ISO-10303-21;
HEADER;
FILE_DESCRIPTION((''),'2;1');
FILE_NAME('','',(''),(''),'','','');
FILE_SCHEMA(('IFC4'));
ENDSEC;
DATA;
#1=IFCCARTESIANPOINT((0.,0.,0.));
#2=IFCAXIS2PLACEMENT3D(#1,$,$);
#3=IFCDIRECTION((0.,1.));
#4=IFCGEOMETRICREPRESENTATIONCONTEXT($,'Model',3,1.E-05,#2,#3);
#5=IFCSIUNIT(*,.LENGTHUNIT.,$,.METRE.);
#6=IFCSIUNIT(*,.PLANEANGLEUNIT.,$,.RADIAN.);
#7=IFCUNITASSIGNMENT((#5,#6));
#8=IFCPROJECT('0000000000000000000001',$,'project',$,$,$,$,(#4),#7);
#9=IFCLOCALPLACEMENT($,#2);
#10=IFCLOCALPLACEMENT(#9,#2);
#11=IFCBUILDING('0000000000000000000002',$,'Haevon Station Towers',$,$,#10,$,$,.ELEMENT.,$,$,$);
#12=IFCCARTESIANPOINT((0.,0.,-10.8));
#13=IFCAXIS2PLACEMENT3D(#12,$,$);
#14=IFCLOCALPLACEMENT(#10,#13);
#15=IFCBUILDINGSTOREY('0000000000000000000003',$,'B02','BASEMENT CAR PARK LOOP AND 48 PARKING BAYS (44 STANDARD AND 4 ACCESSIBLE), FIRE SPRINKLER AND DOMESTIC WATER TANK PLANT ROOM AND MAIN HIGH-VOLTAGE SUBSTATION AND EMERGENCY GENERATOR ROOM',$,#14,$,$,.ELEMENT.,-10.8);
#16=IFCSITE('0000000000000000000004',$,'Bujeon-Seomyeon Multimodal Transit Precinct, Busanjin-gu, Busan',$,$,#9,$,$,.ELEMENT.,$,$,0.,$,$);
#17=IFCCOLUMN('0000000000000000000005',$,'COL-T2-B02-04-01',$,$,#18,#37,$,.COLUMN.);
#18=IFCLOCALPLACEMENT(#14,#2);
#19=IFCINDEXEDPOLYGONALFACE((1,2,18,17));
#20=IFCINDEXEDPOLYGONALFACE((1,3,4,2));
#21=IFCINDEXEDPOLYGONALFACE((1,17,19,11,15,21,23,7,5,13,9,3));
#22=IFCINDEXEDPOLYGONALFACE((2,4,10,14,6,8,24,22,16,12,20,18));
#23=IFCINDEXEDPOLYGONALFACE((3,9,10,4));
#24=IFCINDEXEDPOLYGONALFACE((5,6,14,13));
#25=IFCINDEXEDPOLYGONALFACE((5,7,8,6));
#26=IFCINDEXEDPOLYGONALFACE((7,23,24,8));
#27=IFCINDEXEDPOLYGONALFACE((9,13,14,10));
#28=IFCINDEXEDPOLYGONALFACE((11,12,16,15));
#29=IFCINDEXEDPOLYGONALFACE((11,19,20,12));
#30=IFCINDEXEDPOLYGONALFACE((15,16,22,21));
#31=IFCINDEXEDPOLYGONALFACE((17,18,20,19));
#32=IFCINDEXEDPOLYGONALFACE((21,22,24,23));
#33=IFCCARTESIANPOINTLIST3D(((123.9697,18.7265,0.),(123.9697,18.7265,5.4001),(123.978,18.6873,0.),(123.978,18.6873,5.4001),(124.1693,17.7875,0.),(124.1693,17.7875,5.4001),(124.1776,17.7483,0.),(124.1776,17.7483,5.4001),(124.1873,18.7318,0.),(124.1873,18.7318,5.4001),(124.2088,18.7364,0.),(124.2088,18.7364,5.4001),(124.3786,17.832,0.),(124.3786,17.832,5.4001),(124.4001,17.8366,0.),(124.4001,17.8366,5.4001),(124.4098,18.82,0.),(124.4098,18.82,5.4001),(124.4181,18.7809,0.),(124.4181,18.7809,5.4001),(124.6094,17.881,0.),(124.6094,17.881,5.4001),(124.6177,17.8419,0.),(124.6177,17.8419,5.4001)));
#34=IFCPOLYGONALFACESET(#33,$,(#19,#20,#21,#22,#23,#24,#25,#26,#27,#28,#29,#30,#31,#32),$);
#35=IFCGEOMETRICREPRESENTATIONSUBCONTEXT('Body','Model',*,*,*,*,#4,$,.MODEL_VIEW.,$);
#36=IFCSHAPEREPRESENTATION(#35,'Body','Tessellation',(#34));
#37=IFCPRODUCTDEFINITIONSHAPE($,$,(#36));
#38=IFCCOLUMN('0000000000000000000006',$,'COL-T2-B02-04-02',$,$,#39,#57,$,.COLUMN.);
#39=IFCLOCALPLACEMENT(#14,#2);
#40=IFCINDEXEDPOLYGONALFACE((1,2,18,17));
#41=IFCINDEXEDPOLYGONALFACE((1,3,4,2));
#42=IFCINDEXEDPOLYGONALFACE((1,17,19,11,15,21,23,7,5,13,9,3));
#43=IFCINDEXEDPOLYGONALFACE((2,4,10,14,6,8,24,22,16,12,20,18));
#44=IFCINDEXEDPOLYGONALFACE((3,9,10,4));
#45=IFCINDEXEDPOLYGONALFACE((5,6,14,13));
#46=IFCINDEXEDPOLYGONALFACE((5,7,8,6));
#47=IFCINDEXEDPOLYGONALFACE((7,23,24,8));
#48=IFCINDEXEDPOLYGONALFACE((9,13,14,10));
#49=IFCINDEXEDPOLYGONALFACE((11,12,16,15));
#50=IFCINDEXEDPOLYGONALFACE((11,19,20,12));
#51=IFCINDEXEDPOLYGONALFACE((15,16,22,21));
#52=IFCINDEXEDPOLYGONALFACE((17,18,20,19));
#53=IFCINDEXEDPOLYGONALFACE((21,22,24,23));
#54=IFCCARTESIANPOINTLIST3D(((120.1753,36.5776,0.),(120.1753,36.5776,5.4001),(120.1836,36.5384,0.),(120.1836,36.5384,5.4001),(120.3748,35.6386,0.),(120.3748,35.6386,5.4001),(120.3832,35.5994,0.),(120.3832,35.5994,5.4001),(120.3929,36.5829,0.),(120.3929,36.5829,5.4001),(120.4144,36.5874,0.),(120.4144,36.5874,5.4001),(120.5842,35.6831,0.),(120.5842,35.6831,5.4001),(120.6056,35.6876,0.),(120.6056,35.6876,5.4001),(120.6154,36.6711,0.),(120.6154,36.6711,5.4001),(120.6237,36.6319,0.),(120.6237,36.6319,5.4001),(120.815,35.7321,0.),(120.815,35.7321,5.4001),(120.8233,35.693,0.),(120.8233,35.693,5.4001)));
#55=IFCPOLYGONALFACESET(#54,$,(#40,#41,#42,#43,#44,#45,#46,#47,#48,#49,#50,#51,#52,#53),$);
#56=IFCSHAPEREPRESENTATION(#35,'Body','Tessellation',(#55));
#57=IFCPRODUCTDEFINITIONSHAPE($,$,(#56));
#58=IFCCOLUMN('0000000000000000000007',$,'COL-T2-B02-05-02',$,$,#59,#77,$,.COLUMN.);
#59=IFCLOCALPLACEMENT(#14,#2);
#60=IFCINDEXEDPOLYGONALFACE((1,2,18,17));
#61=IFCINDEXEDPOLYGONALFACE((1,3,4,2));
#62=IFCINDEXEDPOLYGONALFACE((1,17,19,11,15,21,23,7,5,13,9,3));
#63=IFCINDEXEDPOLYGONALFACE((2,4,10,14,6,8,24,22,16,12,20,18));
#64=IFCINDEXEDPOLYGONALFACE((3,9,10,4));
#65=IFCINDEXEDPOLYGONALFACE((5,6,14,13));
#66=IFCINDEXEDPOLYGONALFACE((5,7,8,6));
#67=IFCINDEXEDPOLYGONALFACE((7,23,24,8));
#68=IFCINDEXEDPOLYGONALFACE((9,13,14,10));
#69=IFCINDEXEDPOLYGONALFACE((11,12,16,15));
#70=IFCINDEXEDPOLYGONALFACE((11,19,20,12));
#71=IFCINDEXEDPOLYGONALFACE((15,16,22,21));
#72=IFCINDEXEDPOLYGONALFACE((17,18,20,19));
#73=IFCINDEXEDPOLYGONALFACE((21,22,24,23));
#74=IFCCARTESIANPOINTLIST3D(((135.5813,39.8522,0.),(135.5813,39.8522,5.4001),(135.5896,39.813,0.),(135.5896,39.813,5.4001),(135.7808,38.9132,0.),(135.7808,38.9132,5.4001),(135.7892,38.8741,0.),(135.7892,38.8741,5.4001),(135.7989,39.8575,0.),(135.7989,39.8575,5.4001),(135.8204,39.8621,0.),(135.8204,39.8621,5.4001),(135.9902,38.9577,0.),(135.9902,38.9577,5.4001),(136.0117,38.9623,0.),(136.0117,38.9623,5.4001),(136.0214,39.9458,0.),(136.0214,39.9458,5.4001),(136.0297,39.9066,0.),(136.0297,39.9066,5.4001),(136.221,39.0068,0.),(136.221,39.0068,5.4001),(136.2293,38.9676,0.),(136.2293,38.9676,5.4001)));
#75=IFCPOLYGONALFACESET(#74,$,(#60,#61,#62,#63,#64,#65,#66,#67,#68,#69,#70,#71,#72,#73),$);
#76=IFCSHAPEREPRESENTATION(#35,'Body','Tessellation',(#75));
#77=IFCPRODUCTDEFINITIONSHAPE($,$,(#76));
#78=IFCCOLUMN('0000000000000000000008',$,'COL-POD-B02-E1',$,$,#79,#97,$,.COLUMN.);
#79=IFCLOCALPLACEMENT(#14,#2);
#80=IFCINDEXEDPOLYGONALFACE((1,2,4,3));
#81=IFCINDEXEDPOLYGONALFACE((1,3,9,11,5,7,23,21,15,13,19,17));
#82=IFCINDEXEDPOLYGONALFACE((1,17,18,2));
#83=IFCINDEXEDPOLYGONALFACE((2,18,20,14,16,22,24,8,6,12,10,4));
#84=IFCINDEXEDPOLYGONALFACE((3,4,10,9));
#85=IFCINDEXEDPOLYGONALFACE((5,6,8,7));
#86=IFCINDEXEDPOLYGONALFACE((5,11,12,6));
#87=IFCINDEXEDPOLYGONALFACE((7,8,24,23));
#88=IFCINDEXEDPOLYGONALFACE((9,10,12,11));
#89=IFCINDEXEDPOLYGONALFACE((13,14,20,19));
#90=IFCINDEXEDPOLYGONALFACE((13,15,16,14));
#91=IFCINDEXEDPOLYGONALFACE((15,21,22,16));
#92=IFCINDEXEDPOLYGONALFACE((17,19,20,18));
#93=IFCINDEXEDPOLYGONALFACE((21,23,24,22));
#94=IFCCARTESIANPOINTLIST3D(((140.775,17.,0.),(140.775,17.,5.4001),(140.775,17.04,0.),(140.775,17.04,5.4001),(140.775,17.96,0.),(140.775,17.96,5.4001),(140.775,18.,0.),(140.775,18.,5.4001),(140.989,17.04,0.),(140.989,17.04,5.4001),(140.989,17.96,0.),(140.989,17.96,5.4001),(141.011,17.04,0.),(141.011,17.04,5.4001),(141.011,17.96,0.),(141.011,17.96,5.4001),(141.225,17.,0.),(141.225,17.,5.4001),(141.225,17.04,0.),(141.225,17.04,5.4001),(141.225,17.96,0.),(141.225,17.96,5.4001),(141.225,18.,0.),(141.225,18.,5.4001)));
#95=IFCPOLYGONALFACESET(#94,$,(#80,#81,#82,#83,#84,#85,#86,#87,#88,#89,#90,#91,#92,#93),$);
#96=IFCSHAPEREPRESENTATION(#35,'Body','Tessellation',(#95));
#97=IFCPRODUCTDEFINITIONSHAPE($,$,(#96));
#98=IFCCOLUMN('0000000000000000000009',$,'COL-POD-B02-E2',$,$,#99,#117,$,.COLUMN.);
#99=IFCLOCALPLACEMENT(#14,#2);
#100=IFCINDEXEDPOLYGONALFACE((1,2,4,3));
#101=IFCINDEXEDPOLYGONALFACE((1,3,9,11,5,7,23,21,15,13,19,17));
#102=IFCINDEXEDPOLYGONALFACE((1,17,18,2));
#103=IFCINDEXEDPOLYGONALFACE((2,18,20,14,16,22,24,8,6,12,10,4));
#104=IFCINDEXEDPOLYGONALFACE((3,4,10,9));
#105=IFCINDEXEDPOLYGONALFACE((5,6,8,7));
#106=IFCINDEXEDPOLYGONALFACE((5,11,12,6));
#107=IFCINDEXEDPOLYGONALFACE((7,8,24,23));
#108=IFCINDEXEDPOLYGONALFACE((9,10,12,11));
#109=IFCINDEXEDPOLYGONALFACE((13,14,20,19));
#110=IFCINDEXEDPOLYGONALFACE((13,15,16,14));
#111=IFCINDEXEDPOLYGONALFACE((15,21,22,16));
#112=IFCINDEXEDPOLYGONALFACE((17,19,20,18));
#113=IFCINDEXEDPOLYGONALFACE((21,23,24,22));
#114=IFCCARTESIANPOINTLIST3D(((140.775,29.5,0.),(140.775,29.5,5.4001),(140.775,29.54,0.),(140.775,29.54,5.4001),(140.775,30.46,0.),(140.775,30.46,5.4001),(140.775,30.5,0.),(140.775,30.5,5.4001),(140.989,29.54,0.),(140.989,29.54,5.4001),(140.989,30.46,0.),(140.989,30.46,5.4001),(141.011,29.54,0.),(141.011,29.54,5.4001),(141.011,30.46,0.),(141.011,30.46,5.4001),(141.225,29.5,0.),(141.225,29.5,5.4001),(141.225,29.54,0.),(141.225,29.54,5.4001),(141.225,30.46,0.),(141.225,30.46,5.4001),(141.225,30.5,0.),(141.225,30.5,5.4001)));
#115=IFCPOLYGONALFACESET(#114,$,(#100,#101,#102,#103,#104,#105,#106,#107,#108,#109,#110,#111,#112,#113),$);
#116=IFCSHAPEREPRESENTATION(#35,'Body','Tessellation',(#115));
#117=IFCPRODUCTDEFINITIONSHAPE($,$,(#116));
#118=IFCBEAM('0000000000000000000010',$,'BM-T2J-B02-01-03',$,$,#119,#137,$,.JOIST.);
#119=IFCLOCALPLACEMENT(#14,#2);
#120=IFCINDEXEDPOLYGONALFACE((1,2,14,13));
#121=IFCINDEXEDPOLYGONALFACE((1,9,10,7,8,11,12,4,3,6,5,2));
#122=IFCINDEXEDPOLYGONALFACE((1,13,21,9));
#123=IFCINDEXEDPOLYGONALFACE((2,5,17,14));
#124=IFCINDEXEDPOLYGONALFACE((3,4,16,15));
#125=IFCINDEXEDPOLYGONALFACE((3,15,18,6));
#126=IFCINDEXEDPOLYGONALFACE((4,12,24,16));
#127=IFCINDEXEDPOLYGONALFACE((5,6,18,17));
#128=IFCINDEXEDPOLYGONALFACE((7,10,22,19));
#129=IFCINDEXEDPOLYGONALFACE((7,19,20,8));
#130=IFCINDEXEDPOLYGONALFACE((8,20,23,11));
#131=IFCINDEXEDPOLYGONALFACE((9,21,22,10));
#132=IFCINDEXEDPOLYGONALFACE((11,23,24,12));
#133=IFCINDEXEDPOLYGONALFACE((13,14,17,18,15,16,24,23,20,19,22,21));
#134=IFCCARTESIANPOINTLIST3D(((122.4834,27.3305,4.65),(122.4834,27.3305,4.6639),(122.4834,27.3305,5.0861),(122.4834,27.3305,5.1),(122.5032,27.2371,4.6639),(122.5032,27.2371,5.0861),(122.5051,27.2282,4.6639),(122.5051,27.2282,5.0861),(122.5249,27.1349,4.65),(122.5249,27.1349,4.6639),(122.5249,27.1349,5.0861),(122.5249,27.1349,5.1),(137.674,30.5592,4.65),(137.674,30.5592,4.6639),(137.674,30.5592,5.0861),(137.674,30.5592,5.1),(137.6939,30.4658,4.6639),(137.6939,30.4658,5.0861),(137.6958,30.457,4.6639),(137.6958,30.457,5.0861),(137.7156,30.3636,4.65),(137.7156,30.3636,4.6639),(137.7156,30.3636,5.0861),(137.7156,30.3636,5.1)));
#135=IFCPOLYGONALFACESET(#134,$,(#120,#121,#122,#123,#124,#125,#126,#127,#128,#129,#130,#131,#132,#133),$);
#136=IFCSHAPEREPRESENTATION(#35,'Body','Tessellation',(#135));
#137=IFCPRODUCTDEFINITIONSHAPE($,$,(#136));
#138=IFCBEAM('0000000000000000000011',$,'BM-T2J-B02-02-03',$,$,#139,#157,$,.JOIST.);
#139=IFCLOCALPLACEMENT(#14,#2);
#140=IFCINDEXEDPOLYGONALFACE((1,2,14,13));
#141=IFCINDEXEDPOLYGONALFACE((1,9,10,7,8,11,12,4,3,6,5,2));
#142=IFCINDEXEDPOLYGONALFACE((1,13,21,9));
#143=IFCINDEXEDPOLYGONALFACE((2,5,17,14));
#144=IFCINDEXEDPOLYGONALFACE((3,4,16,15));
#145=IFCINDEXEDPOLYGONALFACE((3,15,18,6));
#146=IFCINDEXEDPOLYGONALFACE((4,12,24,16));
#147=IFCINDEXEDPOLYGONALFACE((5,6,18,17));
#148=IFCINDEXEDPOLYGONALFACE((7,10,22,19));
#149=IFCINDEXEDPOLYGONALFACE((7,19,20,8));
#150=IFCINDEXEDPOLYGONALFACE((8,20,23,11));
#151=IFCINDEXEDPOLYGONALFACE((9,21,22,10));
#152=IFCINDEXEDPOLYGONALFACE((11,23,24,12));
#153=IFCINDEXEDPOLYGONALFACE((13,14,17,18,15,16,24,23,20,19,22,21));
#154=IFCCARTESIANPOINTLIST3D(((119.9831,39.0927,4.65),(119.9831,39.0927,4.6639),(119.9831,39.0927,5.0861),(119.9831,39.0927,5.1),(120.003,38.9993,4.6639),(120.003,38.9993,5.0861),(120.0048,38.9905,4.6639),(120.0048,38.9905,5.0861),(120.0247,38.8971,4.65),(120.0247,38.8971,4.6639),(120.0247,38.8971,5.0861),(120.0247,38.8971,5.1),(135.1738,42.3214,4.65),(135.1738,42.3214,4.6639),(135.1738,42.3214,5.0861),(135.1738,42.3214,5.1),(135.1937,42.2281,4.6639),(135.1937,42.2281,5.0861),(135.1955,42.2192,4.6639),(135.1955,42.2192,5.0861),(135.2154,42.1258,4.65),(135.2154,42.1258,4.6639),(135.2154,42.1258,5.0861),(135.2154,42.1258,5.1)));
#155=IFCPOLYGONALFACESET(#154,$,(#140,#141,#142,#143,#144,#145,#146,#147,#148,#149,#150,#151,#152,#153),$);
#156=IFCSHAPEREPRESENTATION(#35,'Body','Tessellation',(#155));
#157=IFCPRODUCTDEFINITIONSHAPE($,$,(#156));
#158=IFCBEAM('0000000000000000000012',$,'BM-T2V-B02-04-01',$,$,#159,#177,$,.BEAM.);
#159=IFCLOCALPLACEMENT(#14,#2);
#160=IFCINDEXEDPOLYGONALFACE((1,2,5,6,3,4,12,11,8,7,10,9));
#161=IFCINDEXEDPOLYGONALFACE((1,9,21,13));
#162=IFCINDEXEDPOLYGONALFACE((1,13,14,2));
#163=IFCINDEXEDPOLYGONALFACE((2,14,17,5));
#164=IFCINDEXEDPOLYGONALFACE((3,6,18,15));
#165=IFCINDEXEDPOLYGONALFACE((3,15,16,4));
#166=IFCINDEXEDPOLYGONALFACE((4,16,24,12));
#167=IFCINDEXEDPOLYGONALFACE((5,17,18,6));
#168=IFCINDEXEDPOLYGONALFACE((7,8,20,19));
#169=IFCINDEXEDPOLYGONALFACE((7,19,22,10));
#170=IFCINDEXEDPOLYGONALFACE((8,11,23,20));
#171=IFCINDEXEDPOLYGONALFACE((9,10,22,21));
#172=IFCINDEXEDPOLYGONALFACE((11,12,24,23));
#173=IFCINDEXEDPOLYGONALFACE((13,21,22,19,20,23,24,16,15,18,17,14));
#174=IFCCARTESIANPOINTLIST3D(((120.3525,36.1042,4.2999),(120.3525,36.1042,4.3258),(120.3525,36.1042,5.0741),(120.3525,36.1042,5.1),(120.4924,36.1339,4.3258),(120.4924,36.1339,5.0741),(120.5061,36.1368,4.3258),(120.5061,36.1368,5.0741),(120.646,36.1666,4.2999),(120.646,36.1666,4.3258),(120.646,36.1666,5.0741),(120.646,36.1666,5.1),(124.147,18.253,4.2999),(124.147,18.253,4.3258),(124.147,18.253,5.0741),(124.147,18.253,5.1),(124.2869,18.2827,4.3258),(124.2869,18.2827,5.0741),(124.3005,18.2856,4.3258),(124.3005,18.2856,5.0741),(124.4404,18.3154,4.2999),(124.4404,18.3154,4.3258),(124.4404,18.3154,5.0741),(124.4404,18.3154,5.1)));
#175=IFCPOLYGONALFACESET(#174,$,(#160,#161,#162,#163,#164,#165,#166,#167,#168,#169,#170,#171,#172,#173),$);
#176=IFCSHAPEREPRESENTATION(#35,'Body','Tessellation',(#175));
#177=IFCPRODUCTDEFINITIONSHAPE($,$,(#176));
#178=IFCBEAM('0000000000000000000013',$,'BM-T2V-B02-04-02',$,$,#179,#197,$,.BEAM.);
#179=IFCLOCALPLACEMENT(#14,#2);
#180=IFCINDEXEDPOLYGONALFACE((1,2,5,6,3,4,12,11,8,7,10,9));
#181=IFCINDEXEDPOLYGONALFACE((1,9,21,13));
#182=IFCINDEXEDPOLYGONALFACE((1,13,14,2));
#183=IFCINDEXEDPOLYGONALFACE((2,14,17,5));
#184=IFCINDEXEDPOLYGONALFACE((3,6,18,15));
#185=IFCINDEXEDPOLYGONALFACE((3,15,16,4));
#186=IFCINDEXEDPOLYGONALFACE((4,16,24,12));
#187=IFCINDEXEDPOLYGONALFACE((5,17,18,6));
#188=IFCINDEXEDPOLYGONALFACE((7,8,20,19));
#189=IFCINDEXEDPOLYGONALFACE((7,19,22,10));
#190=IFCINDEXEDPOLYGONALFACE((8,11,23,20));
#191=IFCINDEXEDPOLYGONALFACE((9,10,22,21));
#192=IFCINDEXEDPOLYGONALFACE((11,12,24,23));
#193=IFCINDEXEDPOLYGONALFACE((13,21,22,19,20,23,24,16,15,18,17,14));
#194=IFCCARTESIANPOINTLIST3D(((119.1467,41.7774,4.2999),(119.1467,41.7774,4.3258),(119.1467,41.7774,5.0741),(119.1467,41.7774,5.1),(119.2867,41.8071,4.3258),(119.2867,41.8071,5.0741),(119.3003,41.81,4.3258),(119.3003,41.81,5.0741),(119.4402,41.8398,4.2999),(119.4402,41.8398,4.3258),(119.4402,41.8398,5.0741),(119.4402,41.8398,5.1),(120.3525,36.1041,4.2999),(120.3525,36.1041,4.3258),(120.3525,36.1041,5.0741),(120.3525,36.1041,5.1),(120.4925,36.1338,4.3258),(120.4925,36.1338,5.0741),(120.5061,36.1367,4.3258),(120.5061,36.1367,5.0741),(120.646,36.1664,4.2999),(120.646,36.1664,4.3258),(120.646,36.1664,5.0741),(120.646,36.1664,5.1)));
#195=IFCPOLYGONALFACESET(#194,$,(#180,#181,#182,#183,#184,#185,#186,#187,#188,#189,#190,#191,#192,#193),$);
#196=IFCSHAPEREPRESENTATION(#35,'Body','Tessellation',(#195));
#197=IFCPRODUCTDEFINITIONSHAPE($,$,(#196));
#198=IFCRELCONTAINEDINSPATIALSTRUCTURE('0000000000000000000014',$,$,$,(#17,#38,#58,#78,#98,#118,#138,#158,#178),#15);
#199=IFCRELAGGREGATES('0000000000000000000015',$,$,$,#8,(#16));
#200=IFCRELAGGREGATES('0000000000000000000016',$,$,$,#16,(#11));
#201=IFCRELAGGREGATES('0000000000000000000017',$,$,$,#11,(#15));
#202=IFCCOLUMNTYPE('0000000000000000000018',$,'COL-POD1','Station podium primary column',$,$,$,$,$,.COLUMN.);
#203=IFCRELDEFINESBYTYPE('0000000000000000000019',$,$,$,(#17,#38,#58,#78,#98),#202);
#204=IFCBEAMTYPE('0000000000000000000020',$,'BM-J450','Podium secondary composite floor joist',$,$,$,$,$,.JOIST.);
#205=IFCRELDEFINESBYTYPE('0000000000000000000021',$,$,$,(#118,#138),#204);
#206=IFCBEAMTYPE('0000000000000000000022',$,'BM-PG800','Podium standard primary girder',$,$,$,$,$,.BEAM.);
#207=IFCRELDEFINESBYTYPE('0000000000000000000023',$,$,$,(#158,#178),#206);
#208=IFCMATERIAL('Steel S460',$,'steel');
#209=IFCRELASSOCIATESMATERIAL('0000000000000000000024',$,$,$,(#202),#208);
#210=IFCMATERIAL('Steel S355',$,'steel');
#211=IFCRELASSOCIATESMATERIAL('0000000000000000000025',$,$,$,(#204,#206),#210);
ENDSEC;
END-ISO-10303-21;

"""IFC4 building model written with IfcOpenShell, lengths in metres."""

from ifc_helpers import new_model, si_unit, direction, frame, origin, origin_2d, place, context, subcontext, project, spatial, i_section, extrude, material, material_profile, profile_set, type_object, element, save


model = new_model("IFC4")

# Units and contexts
model_context = context("Model", 3, precision=1e-05, world=origin(), true_north=direction((0.0, 1.0)))
body_context = subcontext(model_context, "Body", "Model", "MODEL_VIEW")
ifc_project = project(units=[si_unit("LENGTHUNIT", "METRE"), si_unit("PLANEANGLEUNIT", "RADIAN")], contexts=[model_context])

# Site, building, storey
site_placement = place(None, origin())
site = spatial("IfcSite", under=ifc_project, at=site_placement, Name="Bujeon-Seomyeon Multimodal Transit Precinct, Busanjin-gu, Busan", CompositionType="ELEMENT", RefElevation=0.0)
building_placement = place(site_placement, origin())
building = spatial("IfcBuilding", under=site, at=building_placement, Name="Haevon Station Towers", CompositionType="ELEMENT")
storey_placement = place(building_placement, frame((0.0, 0.0, -10.8)))
storey = spatial("IfcBuildingStorey", under=building, at=storey_placement, Name="B02", Description="BASEMENT CAR PARK LOOP AND 48 PARKING BAYS (44 STANDARD AND 4 ACCESSIBLE), FIRE SPRINKLER AND DOMESTIC WATER TANK PLANT ROOM AND MAIN HIGH-VOLTAGE SUBSTATION AND EMERGENCY GENERATOR ROOM", CompositionType="ELEMENT", Elevation=-10.8)

# Columns
ifc_material_1 = material(Name="Steel S460", Category="steel")
ifc_material_profile_1 = material_profile(ifc_material_1, i_section(OverallWidth=0.45, OverallDepth=1.0, WebThickness=0.022, FlangeThickness=0.04, at=origin_2d()), Name="H-1000x450x22x40")
ifc_profile_set_1 = profile_set([ifc_material_profile_1], Name="Steel S460")
column_type_1 = type_object("IfcColumnType", Name="COL-POD1", Description="Station podium primary column", PredefinedType="COLUMN", material=ifc_profile_set_1)
for number, where, z_axis, x_axis, name in (
    (1, (124.2937, 18.2842, 0.0), (0.0, 0.0, 1.0), (0.978148, 0.207912, 0.0), "COL-T2-B02-04-01"),
    (2, (120.4993, 36.1353, 0.0), (0.0, 0.0, 1.0), (0.978148, 0.207912, 0.0), "COL-T2-B02-04-02"),
    (3, (135.9053, 39.4099, 0.0), (0.0, 0.0, 1.0), (0.978148, 0.207912, 0.0), "COL-T2-B02-05-02"),
    (4, (141.0, 17.5, 0.0), (0.0, 0.0, 1.0), (1.0, 0.0, 0.0), "COL-POD-B02-E1"),
    (5, (141.0, 30.0, 0.0), (0.0, 0.0, 1.0), (1.0, 0.0, 0.0), "COL-POD-B02-E2"),
):
    element("IfcColumn", number, at=place(storey_placement, frame(where, z_axis=z_axis, x_axis=x_axis)), inside=storey, type_object=column_type_1, Name=name, PredefinedType="COLUMN", context=body_context, shape_type="SweptSolid", body=[
        extrude(i_section(OverallWidth=0.45, OverallDepth=1.0, WebThickness=0.022, FlangeThickness=0.04, at=origin_2d()), origin(), (0.0, 0.0, 1.0), 5.4001),
    ])

# Beams
ifc_material_2 = material(Name="Steel S355", Category="steel")
ifc_material_profile_2 = material_profile(ifc_material_2, i_section(OverallWidth=0.2, OverallDepth=0.45, WebThickness=0.009, FlangeThickness=0.0139, at=origin_2d()), Name="H-450x200x9x14")
ifc_profile_set_2 = profile_set([ifc_material_profile_2], Name="Steel S355")
beam_type_1 = type_object("IfcBeamType", Name="BM-J450", Description="Podium secondary composite floor joist", PredefinedType="JOIST", material=ifc_profile_set_2)
for number, where, z_axis, x_axis, name in (
    (6, (122.5042, 27.2327, 4.875), (0.978149, 0.207904, 0.0), (-0.207904, 0.978149, 0.0), "BM-T2J-B02-01-03"),
    (7, (120.0039, 38.9949, 4.875), (0.978149, 0.207904, 0.0), (-0.207904, 0.978149, 0.0), "BM-T2J-B02-02-03"),
):
    element("IfcBeam", number, at=place(storey_placement, frame(where, z_axis=z_axis, x_axis=x_axis)), inside=storey, type_object=beam_type_1, Name=name, PredefinedType="JOIST", context=body_context, shape_type="SweptSolid", body=[
        extrude(i_section(OverallWidth=0.2, OverallDepth=0.45, WebThickness=0.009, FlangeThickness=0.0139, at=origin_2d()), origin(), (0.0, 0.0, 1.0), 15.53),
    ])
ifc_material_profile_3 = material_profile(ifc_material_2, i_section(OverallWidth=0.3, OverallDepth=0.8, WebThickness=0.0139, FlangeThickness=0.0259, at=origin_2d()), Name="H-800x300x14x26")
ifc_profile_set_3 = profile_set([ifc_material_profile_3], Name="Steel S355")
beam_type_2 = type_object("IfcBeamType", Name="BM-PG800", Description="Podium standard primary girder", PredefinedType="BEAM", material=ifc_profile_set_3)
beam_1_placement = place(storey_placement, frame((124.2937, 18.2842, 4.7), z_axis=(-0.207915, 0.978147, 0.0), x_axis=(-0.978147, -0.207915, 0.0)))
element("IfcBeam", 8, at=beam_1_placement, inside=storey, type_object=beam_type_2, Name="BM-T2V-B02-04-01", PredefinedType="BEAM", context=body_context, shape_type="SweptSolid", body=[
    extrude(i_section(OverallWidth=0.3, OverallDepth=0.8, WebThickness=0.0139, FlangeThickness=0.0259, at=origin_2d()), origin(), (0.0, 0.0, 1.0), 18.25),
])
beam_2_placement = place(storey_placement, frame((120.4993, 36.1353, 4.7), z_axis=(-0.207896, 0.978151, 0.0), x_axis=(-0.978151, -0.207896, 0.0)))
element("IfcBeam", 9, at=beam_2_placement, inside=storey, type_object=beam_type_2, Name="BM-T2V-B02-04-02", PredefinedType="BEAM", context=body_context, shape_type="SweptSolid", body=[
    extrude(i_section(OverallWidth=0.3, OverallDepth=0.8, WebThickness=0.0139, FlangeThickness=0.0259, at=origin_2d()), origin(), (0.0, 0.0, 1.0), 5.8),
])

save(model, "model.ifc")
